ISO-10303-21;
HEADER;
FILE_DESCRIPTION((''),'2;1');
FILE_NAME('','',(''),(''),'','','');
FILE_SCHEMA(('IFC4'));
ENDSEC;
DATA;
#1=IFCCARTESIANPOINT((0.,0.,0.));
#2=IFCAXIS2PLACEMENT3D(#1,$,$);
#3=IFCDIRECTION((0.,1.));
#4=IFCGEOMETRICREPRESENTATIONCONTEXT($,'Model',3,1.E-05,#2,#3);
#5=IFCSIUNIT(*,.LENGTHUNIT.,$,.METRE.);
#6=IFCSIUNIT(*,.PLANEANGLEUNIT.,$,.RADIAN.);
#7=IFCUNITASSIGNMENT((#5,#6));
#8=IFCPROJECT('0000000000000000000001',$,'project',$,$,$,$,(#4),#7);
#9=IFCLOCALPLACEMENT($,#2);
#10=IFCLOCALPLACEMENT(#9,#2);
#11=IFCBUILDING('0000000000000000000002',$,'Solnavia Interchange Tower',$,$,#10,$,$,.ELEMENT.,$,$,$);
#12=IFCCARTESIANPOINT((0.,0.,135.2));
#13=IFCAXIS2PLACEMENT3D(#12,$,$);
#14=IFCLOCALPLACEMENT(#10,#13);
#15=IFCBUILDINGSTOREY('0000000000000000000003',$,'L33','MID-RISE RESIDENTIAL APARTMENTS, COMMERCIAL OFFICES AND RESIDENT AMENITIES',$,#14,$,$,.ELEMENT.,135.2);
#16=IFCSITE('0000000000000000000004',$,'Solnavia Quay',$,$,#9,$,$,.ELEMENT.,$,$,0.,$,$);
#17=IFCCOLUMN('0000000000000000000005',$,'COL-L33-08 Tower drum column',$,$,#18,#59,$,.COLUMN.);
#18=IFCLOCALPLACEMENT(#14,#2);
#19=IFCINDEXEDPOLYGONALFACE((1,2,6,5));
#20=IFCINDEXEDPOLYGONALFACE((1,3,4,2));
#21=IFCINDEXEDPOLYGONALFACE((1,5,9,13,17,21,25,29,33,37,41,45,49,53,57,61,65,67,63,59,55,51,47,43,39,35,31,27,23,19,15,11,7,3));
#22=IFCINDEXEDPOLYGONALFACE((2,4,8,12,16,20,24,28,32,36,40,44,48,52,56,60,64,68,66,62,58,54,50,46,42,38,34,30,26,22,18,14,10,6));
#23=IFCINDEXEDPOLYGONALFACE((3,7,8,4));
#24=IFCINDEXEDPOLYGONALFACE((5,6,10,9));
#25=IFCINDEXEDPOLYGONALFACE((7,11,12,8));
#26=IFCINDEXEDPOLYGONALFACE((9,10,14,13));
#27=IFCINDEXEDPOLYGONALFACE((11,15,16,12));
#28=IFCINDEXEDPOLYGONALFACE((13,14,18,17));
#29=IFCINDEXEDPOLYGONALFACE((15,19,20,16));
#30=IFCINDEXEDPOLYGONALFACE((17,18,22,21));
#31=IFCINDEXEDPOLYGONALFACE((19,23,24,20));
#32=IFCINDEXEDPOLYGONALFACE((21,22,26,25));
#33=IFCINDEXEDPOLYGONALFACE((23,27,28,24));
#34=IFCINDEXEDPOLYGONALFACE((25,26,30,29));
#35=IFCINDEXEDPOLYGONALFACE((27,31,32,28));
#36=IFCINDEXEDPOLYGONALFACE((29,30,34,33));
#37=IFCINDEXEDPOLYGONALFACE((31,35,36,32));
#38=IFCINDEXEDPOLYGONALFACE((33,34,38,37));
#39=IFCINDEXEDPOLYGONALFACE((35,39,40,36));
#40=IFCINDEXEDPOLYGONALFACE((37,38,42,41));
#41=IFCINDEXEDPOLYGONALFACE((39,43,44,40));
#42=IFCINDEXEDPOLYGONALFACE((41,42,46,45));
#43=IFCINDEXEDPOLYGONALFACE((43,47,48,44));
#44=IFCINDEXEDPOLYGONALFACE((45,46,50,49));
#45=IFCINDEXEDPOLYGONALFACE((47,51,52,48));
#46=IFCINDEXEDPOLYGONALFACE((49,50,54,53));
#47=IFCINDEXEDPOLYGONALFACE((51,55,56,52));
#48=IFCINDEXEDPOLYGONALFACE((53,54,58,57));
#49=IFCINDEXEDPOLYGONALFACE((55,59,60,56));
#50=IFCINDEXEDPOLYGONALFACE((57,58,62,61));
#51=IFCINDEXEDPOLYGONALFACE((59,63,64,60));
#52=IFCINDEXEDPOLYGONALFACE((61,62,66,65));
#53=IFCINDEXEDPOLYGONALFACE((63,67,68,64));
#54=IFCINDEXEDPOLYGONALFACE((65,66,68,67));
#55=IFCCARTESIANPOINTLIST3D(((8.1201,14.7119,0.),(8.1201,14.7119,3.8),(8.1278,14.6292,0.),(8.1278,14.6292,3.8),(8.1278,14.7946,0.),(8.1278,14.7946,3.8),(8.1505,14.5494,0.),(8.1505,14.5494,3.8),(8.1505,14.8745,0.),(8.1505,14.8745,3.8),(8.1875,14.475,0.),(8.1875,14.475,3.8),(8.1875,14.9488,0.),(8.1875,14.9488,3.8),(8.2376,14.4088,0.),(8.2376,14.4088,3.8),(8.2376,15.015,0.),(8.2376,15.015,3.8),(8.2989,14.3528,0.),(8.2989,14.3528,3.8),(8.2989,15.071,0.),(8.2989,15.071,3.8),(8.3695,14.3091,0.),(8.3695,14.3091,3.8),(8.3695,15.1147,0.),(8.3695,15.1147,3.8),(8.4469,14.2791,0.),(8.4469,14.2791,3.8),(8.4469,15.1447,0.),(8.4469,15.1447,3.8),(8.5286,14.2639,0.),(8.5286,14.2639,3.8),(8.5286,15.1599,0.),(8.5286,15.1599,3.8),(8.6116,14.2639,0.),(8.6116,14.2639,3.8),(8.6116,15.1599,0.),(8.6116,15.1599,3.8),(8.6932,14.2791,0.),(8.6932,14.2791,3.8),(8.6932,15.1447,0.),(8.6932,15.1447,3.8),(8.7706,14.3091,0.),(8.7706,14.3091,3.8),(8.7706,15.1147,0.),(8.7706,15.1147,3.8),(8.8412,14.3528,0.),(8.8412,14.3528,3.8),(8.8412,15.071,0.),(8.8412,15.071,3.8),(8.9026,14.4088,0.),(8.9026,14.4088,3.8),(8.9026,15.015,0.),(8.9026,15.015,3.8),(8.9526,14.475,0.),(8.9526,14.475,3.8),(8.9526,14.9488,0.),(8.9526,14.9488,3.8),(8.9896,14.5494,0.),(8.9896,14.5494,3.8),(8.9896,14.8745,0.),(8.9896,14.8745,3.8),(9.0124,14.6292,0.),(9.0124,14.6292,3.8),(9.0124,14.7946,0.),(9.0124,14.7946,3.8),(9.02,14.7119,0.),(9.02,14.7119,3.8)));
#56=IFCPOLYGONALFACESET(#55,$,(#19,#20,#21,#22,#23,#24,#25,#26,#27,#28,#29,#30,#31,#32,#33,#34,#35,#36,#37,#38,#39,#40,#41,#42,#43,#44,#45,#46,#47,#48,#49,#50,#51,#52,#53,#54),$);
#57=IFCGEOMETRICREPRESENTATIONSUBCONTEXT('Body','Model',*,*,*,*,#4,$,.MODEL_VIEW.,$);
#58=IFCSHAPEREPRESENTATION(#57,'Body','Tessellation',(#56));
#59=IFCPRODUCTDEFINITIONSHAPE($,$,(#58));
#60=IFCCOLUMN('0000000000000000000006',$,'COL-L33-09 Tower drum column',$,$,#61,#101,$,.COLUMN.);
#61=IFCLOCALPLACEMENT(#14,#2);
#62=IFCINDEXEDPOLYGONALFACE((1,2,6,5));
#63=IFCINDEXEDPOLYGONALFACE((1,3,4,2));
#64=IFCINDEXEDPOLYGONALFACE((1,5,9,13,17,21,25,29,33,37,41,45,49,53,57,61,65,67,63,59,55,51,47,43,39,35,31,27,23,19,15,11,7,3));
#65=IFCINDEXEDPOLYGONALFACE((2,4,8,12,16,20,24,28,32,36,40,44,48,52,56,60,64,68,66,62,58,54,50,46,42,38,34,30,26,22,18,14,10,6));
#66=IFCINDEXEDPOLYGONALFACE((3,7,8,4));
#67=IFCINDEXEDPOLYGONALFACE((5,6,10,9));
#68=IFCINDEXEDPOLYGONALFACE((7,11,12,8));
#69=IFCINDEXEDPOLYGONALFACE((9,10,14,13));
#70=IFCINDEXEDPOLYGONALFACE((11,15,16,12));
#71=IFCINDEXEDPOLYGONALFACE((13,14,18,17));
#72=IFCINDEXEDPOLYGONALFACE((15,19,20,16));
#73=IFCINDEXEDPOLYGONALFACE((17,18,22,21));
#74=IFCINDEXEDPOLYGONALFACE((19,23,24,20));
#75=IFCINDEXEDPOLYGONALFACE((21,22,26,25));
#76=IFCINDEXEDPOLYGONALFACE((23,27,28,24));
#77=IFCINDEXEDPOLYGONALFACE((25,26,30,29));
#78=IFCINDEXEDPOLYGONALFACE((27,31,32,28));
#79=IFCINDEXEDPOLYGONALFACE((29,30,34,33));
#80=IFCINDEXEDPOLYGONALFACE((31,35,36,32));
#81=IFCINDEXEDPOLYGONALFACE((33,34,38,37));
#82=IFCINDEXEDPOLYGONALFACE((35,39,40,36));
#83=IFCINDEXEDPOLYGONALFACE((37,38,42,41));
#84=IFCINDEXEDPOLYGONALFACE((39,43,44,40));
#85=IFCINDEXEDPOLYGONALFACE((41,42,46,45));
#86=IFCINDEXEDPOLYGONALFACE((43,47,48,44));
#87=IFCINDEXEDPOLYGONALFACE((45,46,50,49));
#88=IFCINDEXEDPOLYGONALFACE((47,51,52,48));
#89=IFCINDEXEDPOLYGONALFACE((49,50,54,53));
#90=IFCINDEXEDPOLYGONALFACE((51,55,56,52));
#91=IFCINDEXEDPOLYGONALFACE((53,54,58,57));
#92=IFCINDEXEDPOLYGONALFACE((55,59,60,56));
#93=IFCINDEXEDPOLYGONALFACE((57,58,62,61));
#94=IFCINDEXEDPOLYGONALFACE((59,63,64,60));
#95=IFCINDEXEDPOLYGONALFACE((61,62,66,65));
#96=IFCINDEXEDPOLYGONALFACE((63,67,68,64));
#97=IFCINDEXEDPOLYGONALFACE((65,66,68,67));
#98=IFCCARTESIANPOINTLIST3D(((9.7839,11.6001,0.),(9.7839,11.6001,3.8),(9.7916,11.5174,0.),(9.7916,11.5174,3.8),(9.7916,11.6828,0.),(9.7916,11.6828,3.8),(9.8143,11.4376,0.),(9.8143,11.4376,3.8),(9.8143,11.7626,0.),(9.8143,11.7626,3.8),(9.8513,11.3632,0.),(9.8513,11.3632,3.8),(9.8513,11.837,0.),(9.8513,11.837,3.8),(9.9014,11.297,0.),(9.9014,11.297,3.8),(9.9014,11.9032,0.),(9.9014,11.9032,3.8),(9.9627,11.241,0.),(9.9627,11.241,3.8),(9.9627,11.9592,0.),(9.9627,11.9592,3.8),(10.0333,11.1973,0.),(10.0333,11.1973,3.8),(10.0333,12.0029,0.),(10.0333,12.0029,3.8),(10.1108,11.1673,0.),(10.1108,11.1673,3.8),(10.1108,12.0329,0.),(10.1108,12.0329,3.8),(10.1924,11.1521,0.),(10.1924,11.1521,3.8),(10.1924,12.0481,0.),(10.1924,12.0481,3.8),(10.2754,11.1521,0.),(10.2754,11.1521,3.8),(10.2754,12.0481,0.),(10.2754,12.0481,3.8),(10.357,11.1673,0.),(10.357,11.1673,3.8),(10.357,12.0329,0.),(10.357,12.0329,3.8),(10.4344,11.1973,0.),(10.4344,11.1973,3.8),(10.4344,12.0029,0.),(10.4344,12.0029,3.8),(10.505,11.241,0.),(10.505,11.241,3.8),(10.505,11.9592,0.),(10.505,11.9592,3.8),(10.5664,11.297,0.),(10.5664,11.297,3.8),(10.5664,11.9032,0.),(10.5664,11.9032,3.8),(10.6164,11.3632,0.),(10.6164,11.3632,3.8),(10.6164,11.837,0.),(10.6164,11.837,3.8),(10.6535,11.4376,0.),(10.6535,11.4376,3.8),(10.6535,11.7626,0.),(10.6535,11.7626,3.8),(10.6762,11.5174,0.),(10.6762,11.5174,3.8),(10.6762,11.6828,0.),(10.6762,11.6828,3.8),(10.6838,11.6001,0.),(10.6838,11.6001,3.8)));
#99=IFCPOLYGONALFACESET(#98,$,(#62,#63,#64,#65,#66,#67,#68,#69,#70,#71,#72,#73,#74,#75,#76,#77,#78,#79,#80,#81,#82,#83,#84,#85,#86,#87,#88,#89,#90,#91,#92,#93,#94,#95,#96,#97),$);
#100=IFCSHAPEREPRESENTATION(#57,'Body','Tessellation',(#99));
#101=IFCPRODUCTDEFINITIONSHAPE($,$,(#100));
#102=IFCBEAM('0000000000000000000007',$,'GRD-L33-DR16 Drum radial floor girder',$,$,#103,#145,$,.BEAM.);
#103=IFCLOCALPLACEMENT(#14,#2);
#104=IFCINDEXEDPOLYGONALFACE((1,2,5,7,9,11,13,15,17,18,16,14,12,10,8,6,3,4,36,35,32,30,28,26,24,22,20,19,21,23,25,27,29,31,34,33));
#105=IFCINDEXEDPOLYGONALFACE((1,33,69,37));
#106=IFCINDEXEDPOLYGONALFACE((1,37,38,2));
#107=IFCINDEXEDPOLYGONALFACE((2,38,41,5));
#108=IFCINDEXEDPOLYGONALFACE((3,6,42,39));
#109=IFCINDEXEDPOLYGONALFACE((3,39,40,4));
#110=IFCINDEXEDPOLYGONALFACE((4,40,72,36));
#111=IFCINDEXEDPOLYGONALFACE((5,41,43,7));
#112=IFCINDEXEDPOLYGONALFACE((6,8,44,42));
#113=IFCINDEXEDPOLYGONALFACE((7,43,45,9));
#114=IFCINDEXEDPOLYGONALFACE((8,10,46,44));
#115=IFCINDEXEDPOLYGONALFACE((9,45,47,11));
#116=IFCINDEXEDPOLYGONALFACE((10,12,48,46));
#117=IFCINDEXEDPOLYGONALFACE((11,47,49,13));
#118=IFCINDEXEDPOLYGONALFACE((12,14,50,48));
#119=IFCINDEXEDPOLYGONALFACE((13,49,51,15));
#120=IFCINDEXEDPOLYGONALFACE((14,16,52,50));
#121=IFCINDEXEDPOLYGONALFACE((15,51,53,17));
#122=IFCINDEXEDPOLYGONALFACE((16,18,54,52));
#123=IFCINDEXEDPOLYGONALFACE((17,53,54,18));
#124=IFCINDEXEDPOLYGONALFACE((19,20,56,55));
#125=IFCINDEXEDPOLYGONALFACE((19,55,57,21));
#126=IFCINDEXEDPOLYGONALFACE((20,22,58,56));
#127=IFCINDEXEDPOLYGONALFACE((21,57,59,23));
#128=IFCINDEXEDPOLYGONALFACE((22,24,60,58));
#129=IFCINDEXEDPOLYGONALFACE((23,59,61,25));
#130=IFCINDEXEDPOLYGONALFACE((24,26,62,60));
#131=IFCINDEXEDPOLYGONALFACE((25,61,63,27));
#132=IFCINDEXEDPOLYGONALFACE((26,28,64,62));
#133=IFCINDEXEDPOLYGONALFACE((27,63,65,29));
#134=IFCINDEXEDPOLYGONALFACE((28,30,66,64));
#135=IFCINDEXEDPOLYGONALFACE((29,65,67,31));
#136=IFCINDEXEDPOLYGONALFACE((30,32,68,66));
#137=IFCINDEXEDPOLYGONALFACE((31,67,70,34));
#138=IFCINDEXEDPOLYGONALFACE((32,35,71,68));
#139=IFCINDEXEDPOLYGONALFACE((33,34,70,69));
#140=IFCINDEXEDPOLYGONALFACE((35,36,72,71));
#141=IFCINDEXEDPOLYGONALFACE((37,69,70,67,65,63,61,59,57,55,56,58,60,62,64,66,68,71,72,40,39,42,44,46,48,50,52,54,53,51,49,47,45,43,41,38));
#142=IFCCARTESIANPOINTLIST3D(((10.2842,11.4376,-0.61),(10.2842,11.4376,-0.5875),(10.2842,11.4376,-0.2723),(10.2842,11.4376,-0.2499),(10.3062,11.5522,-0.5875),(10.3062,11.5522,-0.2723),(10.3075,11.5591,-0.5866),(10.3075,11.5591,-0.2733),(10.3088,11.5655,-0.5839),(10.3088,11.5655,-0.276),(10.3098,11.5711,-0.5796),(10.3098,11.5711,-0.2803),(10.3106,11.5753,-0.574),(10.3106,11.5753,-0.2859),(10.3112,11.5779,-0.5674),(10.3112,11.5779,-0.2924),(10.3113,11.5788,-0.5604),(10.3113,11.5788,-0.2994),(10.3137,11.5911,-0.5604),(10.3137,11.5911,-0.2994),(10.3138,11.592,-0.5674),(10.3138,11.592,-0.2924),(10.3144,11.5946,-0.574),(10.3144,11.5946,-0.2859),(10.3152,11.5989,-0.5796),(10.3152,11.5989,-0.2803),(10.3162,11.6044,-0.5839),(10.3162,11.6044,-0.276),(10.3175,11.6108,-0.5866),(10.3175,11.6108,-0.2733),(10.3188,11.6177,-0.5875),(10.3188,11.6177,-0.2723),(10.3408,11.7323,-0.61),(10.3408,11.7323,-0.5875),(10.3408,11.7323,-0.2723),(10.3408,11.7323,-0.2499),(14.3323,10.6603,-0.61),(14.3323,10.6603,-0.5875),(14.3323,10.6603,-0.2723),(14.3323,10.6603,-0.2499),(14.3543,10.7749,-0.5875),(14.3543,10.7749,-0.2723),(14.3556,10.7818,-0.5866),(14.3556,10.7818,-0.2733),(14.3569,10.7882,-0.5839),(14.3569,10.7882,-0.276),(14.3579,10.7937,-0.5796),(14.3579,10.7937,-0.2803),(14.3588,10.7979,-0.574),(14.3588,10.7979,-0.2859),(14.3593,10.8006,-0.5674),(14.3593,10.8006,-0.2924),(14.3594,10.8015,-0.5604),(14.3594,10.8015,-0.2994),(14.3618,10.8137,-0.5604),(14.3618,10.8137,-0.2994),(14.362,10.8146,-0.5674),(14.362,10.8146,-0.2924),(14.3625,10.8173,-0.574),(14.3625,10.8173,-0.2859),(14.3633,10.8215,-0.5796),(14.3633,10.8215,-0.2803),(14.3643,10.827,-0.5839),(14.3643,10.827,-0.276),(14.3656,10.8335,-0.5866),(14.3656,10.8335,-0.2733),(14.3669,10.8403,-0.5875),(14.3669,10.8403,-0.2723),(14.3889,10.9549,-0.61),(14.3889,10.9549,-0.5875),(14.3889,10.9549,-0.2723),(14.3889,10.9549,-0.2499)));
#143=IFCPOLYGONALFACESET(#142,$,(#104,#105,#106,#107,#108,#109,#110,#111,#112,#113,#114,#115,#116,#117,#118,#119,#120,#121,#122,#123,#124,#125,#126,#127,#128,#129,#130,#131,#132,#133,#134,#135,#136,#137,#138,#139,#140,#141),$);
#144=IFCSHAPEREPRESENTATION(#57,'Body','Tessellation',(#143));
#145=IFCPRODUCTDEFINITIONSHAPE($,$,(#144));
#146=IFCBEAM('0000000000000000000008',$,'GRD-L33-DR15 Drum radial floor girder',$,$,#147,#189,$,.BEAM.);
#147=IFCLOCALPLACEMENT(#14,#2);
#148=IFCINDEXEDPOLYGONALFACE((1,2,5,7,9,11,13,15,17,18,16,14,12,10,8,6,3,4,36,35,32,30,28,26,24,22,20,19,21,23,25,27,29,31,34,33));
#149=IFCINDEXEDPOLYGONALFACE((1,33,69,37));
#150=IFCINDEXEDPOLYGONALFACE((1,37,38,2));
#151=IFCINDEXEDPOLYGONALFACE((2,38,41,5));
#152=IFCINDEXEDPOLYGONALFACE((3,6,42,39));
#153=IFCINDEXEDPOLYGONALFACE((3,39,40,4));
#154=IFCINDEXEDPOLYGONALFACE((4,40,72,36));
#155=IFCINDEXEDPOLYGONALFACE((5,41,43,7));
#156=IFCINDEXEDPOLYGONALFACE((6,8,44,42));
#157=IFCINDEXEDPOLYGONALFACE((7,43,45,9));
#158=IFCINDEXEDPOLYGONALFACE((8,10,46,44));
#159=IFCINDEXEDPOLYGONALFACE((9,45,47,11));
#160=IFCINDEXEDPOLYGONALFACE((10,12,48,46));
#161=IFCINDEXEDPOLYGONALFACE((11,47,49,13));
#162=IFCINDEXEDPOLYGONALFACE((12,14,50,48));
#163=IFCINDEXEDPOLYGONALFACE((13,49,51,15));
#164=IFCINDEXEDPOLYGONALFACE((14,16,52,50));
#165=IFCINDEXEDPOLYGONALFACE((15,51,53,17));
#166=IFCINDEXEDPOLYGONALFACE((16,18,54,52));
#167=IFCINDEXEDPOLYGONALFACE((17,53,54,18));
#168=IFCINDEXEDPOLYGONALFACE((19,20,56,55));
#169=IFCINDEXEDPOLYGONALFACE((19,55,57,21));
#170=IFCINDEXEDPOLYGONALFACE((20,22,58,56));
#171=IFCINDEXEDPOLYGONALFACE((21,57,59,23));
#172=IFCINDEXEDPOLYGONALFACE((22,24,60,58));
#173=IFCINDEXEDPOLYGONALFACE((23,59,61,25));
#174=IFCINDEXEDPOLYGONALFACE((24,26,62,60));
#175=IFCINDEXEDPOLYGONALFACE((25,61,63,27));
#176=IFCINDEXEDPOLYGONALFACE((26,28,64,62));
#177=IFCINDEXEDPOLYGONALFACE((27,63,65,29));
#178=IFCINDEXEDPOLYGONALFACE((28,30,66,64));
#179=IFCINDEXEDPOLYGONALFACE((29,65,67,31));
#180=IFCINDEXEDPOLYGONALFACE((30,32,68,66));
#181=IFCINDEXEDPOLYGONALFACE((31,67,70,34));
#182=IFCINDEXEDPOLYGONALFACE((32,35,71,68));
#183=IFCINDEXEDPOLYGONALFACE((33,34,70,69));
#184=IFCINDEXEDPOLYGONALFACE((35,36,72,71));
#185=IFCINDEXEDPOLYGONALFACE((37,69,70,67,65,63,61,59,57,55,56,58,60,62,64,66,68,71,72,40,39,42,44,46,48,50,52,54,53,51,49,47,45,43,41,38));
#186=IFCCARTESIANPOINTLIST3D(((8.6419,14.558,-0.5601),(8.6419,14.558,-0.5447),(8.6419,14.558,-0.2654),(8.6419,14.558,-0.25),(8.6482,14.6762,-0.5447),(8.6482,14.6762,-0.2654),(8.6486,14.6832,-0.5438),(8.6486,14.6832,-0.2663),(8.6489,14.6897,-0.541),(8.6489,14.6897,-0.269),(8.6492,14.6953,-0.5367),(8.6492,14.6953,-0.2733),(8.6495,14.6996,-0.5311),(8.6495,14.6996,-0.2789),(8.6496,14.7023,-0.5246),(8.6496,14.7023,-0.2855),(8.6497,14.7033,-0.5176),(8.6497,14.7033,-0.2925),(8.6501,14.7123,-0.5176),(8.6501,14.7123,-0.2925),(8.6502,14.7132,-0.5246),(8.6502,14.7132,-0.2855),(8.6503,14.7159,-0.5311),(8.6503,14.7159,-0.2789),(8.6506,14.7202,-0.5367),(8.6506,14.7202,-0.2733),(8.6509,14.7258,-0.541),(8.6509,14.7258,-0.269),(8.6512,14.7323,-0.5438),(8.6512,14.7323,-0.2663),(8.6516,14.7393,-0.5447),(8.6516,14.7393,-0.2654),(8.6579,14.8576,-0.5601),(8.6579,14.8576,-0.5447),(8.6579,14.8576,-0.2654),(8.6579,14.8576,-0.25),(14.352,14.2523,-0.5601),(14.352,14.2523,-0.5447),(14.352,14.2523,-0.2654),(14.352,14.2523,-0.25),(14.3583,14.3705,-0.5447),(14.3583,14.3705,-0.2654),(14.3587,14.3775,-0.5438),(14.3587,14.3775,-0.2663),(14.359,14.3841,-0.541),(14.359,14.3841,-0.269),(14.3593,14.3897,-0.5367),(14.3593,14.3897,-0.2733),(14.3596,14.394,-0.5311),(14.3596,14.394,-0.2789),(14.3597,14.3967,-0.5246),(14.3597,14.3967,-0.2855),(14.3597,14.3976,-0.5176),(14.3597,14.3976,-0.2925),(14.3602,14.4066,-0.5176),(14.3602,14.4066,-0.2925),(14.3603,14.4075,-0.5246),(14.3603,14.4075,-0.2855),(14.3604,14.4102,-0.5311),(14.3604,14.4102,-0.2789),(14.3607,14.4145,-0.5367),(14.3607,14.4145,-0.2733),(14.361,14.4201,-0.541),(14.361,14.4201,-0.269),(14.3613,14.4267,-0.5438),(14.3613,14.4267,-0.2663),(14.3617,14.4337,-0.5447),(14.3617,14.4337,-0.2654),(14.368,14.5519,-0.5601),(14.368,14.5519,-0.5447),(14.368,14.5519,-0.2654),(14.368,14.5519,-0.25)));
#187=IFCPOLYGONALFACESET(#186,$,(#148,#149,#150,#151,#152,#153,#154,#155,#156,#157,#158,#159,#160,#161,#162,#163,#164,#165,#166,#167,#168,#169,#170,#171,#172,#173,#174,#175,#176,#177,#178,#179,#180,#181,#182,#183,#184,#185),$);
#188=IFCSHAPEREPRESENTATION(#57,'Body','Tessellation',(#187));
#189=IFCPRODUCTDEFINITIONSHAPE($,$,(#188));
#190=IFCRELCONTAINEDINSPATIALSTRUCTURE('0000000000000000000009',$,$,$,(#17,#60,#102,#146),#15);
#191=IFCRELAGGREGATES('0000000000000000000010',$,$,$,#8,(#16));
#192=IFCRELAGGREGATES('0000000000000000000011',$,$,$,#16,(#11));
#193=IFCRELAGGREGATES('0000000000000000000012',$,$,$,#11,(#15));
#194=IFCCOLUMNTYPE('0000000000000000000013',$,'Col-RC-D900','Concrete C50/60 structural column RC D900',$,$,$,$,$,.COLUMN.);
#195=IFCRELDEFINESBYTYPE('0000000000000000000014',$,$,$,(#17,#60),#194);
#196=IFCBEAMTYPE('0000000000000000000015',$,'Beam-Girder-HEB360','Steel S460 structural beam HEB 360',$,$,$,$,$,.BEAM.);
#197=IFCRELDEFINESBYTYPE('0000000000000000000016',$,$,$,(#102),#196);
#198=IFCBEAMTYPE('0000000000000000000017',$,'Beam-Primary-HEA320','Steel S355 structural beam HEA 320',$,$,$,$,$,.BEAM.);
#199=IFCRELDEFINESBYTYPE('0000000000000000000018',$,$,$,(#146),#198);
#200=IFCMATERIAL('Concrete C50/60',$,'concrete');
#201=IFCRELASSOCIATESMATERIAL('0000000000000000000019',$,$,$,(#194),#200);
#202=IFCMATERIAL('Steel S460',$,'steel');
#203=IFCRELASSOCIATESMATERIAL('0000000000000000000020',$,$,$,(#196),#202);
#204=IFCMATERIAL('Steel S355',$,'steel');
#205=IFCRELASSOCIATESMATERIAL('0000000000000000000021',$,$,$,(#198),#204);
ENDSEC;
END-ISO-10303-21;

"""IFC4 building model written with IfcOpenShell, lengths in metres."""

from ifc_helpers import new_model, si_unit, direction, frame, origin, origin_2d, place, context, subcontext, project, spatial, circle, i_section, extrude, material, material_profile, profile_set, type_object, element, save


model = new_model("IFC4")

# Units and contexts
model_context = context("Model", 3, precision=1e-05, world=origin(), true_north=direction((0.0, 1.0)))
body_context = subcontext(model_context, "Body", "Model", "MODEL_VIEW")
ifc_project = project(units=[si_unit("LENGTHUNIT", "METRE"), si_unit("PLANEANGLEUNIT", "RADIAN")], contexts=[model_context])

# Site, building, storey
site_placement = place(None, origin())
site = spatial("IfcSite", under=ifc_project, at=site_placement, Name="Solnavia Quay", CompositionType="ELEMENT", RefElevation=0.0)
building_placement = place(site_placement, origin())
building = spatial("IfcBuilding", under=site, at=building_placement, Name="Solnavia Interchange Tower", CompositionType="ELEMENT")
storey_placement = place(building_placement, frame((0.0, 0.0, 135.2)))
storey = spatial("IfcBuildingStorey", under=building, at=storey_placement, Name="L33", Description="MID-RISE RESIDENTIAL APARTMENTS, COMMERCIAL OFFICES AND RESIDENT AMENITIES", CompositionType="ELEMENT", Elevation=135.2)

# Columns
ifc_material_1 = material(Name="Concrete C50/60", Category="concrete")
ifc_material_profile_1 = material_profile(ifc_material_1, circle(Radius=0.45, at=origin_2d()), Name="RC D900")
ifc_profile_set_1 = profile_set([ifc_material_profile_1], Name="Concrete C50/60")
column_type = type_object("IfcColumnType", Name="Col-RC-D900", Description="Concrete C50/60 structural column RC D900", PredefinedType="COLUMN", material=ifc_profile_set_1)
for number, where, z_axis, x_axis, name in (
    (1, (8.5701, 14.7119, 0.0), (0.0, 0.0, 1.0), (1.0, 0.0, 0.0), "COL-L33-08 Tower drum column"),
    (2, (10.2339, 11.6001, 0.0), (0.0, 0.0, 1.0), (1.0, 0.0, 0.0), "COL-L33-09 Tower drum column"),
):
    element("IfcColumn", number, at=place(storey_placement, frame(where, z_axis=z_axis, x_axis=x_axis)), inside=storey, type_object=column_type, Name=name, PredefinedType="COLUMN", context=body_context, shape_type="SweptSolid", body=[
        extrude(circle(Radius=0.45, at=origin_2d()), origin(), (0.0, 0.0, 1.0), 3.8),
    ])

# Beams
ifc_material_2 = material(Name="Steel S460", Category="steel")
ifc_material_profile_2 = material_profile(ifc_material_2, i_section(OverallWidth=0.3, OverallDepth=0.3601, WebThickness=0.0125, FlangeThickness=0.0225, FilletRadius=0.0271, at=origin_2d()), Name="HEB 360")
ifc_profile_set_2 = profile_set([ifc_material_profile_2], Name="Steel S460")
beam_type_1 = type_object("IfcBeamType", Name="Beam-Girder-HEB360", Description="Steel S460 structural beam HEB 360", PredefinedType="BEAM", material=ifc_profile_set_2)
beam_1_placement = place(storey_placement, frame((10.3125, 11.585, -0.4299), z_axis=(0.982058, -0.188582, 0.0), x_axis=(0.188582, 0.982058, 0.0)))
element("IfcBeam", 3, at=beam_1_placement, inside=storey, type_object=beam_type_1, Name="GRD-L33-DR16 Drum radial floor girder", PredefinedType="BEAM", context=body_context, shape_type="SweptSolid", body=[
    extrude(i_section(OverallWidth=0.3, OverallDepth=0.3601, WebThickness=0.0125, FlangeThickness=0.0225, FilletRadius=0.0271, at=origin_2d()), origin(), (0.0, 0.0, 1.0), 4.1221),
])
ifc_material_3 = material(Name="Steel S355", Category="steel")
ifc_material_profile_3 = material_profile(ifc_material_3, i_section(OverallWidth=0.3, OverallDepth=0.3101, WebThickness=0.009, FlangeThickness=0.0154, FilletRadius=0.0271, at=origin_2d()), Name="HEA 320")
ifc_profile_set_3 = profile_set([ifc_material_profile_3], Name="Steel S355")
beam_type_2 = type_object("IfcBeamType", Name="Beam-Primary-HEA320", Description="Steel S355 structural beam HEA 320", PredefinedType="BEAM", material=ifc_profile_set_3)
beam_2_placement = place(storey_placement, frame((8.6499, 14.7078, -0.405), z_axis=(0.99857, -0.053453, 0.0), x_axis=(0.053453, 0.99857, 0.0)))
element("IfcBeam", 4, at=beam_2_placement, inside=storey, type_object=beam_type_2, Name="GRD-L33-DR15 Drum radial floor girder", PredefinedType="BEAM", context=body_context, shape_type="SweptSolid", body=[
    extrude(i_section(OverallWidth=0.3, OverallDepth=0.3101, WebThickness=0.009, FlangeThickness=0.0154, FilletRadius=0.0271, at=origin_2d()), origin(), (0.0, 0.0, 1.0), 5.7183),
])

save(model, "model.ifc")
